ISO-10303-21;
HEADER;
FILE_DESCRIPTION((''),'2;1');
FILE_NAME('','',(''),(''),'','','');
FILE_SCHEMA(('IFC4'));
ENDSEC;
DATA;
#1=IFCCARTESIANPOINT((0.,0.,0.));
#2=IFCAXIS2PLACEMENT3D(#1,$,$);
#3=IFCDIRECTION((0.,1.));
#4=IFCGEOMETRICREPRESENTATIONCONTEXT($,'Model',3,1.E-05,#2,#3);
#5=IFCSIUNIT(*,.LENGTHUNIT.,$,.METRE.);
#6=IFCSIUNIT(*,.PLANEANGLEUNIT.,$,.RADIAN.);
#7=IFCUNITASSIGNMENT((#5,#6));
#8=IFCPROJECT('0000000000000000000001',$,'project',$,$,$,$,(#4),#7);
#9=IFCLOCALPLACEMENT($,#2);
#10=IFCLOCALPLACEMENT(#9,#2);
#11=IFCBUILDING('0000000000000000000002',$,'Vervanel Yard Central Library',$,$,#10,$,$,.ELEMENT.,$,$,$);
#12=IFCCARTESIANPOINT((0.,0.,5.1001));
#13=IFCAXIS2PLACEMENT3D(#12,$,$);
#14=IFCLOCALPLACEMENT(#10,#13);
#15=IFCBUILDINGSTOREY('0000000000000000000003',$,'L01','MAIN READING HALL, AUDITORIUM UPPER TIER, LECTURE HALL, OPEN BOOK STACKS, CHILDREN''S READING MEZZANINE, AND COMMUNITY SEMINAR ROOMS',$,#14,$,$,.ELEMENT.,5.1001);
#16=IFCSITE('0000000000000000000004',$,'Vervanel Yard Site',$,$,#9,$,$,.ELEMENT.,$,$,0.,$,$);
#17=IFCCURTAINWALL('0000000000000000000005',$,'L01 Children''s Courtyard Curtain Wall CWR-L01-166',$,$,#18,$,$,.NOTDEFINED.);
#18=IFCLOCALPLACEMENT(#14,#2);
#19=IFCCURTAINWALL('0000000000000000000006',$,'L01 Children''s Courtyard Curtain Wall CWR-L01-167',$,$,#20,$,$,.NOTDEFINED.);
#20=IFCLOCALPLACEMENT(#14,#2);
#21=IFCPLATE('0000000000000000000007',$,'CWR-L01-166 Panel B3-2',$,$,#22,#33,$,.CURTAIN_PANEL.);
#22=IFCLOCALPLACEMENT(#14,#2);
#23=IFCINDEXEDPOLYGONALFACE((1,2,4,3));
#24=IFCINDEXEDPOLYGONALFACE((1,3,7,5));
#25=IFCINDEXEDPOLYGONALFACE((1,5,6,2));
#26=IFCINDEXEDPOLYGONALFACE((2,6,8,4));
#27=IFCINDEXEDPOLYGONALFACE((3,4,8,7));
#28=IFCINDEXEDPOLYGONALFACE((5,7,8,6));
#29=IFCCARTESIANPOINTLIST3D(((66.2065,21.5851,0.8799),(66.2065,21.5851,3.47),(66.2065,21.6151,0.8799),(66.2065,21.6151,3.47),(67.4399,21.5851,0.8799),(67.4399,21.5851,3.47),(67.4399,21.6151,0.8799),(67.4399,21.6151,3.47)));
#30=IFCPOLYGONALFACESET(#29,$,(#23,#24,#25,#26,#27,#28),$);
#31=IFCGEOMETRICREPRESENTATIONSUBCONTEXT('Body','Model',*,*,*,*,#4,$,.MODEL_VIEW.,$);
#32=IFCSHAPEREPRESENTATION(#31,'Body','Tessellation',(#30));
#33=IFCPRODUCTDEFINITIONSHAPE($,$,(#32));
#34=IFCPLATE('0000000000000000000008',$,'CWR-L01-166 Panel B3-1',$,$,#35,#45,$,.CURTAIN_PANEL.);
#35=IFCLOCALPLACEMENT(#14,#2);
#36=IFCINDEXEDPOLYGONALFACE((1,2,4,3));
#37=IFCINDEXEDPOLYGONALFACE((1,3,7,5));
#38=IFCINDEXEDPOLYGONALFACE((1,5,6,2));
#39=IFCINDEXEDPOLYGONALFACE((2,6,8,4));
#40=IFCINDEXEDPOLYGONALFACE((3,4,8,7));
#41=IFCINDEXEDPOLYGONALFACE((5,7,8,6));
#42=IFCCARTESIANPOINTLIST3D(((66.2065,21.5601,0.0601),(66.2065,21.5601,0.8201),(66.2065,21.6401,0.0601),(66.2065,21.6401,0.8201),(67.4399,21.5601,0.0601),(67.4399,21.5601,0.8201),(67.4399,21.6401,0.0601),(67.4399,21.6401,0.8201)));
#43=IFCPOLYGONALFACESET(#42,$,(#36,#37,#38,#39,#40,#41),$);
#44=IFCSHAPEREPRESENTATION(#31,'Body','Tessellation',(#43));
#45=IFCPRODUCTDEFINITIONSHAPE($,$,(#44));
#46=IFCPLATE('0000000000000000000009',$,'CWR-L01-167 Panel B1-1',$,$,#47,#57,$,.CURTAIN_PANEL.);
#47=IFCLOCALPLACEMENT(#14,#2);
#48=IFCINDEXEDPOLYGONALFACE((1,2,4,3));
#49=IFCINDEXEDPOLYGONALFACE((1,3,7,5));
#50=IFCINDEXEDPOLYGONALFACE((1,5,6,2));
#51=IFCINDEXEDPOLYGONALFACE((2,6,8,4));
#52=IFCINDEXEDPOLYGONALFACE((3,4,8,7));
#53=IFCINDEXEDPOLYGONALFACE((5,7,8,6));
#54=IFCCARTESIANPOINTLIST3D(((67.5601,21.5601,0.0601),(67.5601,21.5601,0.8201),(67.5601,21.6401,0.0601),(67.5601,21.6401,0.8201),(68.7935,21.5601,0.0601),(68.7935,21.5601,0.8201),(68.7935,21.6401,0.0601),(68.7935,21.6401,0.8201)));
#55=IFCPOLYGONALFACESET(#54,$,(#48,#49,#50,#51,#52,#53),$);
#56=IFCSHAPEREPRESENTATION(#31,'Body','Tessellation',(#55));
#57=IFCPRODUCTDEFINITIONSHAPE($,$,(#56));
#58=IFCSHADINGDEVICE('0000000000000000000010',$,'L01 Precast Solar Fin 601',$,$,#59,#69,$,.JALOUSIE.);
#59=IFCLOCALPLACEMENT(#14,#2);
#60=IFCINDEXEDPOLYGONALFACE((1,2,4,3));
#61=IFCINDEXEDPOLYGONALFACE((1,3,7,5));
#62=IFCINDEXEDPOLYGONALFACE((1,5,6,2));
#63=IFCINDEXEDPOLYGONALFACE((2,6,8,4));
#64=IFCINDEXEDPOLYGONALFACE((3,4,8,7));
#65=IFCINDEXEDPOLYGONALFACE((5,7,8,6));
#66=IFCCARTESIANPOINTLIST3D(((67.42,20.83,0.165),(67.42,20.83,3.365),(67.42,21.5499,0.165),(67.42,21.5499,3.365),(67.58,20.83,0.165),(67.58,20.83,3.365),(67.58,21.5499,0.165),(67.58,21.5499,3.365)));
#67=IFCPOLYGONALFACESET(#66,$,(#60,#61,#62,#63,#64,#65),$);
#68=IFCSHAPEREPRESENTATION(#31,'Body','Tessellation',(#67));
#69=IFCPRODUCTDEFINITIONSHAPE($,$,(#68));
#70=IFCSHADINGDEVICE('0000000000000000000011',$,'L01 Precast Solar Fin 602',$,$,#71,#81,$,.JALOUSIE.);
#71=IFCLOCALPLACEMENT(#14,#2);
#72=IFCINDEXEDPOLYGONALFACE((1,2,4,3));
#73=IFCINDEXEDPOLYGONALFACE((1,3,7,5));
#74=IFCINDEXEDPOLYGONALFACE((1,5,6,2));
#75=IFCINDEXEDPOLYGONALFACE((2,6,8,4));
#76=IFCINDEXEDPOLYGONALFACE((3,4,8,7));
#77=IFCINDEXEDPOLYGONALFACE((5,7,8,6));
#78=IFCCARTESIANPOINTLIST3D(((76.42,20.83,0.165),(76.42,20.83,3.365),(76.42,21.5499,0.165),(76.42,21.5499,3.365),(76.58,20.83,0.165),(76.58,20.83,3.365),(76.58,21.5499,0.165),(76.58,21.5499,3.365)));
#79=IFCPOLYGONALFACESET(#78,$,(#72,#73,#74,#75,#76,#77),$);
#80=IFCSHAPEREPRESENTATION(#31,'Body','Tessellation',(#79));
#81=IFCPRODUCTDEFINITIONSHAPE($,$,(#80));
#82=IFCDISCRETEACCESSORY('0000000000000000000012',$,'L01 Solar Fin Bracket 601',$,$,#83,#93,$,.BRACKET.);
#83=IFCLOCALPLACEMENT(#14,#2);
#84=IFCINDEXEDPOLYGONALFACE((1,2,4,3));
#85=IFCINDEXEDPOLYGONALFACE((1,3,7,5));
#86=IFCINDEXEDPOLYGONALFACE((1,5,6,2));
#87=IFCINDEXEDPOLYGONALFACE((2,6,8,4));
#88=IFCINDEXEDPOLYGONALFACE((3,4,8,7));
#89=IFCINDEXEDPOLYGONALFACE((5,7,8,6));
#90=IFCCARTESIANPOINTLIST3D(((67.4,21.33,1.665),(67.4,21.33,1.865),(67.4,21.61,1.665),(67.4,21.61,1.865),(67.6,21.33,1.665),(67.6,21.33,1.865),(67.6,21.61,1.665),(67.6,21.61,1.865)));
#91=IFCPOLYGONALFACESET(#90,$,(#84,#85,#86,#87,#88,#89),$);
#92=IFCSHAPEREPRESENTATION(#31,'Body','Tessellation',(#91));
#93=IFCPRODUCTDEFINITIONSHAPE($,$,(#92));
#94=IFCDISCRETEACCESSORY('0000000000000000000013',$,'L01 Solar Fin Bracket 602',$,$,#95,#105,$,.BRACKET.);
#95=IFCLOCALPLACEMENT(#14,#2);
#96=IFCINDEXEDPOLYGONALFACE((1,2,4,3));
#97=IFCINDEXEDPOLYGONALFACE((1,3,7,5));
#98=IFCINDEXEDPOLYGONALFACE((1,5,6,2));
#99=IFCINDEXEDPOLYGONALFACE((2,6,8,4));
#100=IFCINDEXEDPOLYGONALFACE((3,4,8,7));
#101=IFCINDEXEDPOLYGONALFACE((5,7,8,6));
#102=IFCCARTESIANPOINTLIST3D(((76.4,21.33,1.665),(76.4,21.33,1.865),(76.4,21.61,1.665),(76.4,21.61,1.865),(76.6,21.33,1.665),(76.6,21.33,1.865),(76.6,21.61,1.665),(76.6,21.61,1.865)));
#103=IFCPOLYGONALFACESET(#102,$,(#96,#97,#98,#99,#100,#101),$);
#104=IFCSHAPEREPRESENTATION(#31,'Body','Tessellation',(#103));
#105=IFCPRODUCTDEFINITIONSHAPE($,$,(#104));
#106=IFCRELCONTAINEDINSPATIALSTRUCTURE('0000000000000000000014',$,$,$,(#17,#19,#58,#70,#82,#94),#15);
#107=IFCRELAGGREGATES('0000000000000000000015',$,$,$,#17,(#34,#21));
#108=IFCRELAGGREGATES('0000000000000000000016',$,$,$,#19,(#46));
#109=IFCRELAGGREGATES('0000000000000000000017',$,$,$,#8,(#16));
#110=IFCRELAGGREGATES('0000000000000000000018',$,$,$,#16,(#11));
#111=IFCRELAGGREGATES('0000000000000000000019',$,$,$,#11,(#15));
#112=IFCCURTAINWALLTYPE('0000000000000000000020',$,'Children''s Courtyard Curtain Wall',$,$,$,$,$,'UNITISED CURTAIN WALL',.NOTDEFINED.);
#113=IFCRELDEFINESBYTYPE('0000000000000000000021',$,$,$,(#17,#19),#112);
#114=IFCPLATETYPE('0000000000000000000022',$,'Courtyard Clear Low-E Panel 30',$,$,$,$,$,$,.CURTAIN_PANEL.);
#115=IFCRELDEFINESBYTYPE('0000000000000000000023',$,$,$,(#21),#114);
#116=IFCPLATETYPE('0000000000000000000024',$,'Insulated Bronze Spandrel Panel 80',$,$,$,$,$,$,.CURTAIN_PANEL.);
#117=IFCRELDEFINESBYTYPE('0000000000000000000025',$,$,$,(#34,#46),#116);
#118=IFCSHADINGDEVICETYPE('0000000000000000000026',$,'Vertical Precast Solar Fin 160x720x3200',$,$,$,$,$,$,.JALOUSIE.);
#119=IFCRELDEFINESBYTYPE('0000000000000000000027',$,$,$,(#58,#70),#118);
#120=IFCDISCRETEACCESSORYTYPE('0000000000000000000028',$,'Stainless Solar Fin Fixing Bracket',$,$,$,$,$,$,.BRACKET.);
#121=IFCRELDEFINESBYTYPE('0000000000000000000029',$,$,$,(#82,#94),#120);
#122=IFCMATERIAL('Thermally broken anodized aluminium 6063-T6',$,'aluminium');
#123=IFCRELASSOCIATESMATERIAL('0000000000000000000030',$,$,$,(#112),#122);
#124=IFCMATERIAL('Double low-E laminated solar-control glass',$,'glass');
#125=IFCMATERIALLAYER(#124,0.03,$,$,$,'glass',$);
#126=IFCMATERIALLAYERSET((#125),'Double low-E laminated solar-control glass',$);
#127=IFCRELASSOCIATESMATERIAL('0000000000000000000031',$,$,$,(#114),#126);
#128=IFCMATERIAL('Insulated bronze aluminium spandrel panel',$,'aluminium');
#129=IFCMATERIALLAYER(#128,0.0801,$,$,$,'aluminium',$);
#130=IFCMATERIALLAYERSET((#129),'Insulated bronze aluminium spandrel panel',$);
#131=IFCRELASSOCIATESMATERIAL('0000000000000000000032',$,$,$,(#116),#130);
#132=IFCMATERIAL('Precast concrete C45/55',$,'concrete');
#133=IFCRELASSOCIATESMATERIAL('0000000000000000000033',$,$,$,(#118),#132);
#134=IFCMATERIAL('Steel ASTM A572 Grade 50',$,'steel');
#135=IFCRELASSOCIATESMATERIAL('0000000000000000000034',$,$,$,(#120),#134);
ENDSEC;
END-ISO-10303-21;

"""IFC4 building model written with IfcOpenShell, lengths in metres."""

from ifc_helpers import new_model, si_unit, direction, frame, origin, origin_2d, place, context, subcontext, project, spatial, rectangle, extrude, material, layer, layer_set, type_object, element, aggregate, save


model = new_model("IFC4")

# Units and contexts
model_context = context("Model", 3, precision=1e-05, world=origin(), true_north=direction((0.0, 1.0)))
body_context = subcontext(model_context, "Body", "Model", "MODEL_VIEW")
ifc_project = project(units=[si_unit("LENGTHUNIT", "METRE"), si_unit("PLANEANGLEUNIT", "RADIAN")], contexts=[model_context])

# Site, building, storey
site_placement = place(None, origin())
site = spatial("IfcSite", under=ifc_project, at=site_placement, Name="Vervanel Yard Site", CompositionType="ELEMENT", RefElevation=0.0)
building_placement = place(site_placement, origin())
building = spatial("IfcBuilding", under=site, at=building_placement, Name="Vervanel Yard Central Library", CompositionType="ELEMENT")
storey_placement = place(building_placement, frame((0.0, 0.0, 5.1001)))
storey = spatial("IfcBuildingStorey", under=building, at=storey_placement, Name="L01", Description="MAIN READING HALL, AUDITORIUM UPPER TIER, LECTURE HALL, OPEN BOOK STACKS, CHILDREN'S READING MEZZANINE, AND COMMUNITY SEMINAR ROOMS", CompositionType="ELEMENT", Elevation=5.1001)

# Curtain wall
ifc_material_1 = material(Name="Thermally broken anodized aluminium 6063-T6", Category="aluminium")
curtain_wall_type = type_object("IfcCurtainWallType", Name="Children's Courtyard Curtain Wall", ElementType="UNITISED CURTAIN WALL", PredefinedType="NOTDEFINED", material=ifc_material_1)
curtain_wall_1_placement = place(storey_placement, origin())
curtain_wall_1 = element("IfcCurtainWall", 1, at=curtain_wall_1_placement, inside=storey, type_object=curtain_wall_type, Name="L01 Children's Courtyard Curtain Wall CWR-L01-166", PredefinedType="NOTDEFINED")

# Curtain wall
curtain_wall_2_placement = place(storey_placement, origin())
curtain_wall_2 = element("IfcCurtainWall", 2, at=curtain_wall_2_placement, inside=storey, type_object=curtain_wall_type, Name="L01 Children's Courtyard Curtain Wall CWR-L01-167", PredefinedType="NOTDEFINED")

# Plates
ifc_material_2 = material(Name="Double low-E laminated solar-control glass", Category="glass")
ifc_layer_1 = layer(ifc_material_2, 0.03, Category="glass")
ifc_layer_set_1 = layer_set([ifc_layer_1], Name="Double low-E laminated solar-control glass")
plate_type_1 = type_object("IfcPlateType", Name="Courtyard Clear Low-E Panel 30", PredefinedType="CURTAIN_PANEL", material=ifc_layer_set_1)
plate_1_placement = place(storey_placement, frame((66.8232, 21.6001, 0.8799), z_axis=(0.0, 0.0, 1.0), x_axis=(1.0, 0.0, 0.0)))
plate_1 = element("IfcPlate", 3, at=plate_1_placement, type_object=plate_type_1, Name="CWR-L01-166 Panel B3-2", PredefinedType="CURTAIN_PANEL", context=body_context, shape_type="SweptSolid", body=[
    extrude(rectangle(XDim=1.2334, YDim=0.03, at=origin_2d()), origin(), (0.0, 0.0, 1.0), 2.5901),
])
ifc_material_3 = material(Name="Insulated bronze aluminium spandrel panel", Category="aluminium")
ifc_layer_2 = layer(ifc_material_3, 0.0801, Category="aluminium")
ifc_layer_set_2 = layer_set([ifc_layer_2], Name="Insulated bronze aluminium spandrel panel")
plate_type_2 = type_object("IfcPlateType", Name="Insulated Bronze Spandrel Panel 80", PredefinedType="CURTAIN_PANEL", material=ifc_layer_set_2)
plate_2_placement = place(storey_placement, frame((66.8232, 21.6001, 0.0601), z_axis=(0.0, 0.0, 1.0), x_axis=(1.0, 0.0, 0.0)))
plate_2 = element("IfcPlate", 4, at=plate_2_placement, type_object=plate_type_2, Name="CWR-L01-166 Panel B3-1", PredefinedType="CURTAIN_PANEL", context=body_context, shape_type="SweptSolid", body=[
    extrude(rectangle(XDim=1.2334, YDim=0.0801, at=origin_2d()), origin(), (0.0, 0.0, 1.0), 0.76),
])
aggregate(curtain_wall_1, [plate_2, plate_1])
plate_3_placement = place(storey_placement, frame((68.1768, 21.6001, 0.0601), z_axis=(0.0, 0.0, 1.0), x_axis=(1.0, 0.0, 0.0)))
plate_3 = element("IfcPlate", 5, at=plate_3_placement, type_object=plate_type_2, Name="CWR-L01-167 Panel B1-1", PredefinedType="CURTAIN_PANEL", context=body_context, shape_type="SweptSolid", body=[
    extrude(rectangle(XDim=1.2334, YDim=0.0801, at=origin_2d()), origin(), (0.0, 0.0, 1.0), 0.76),
])
aggregate(curtain_wall_2, [plate_3])

# Shading devices
ifc_material_4 = material(Name="Precast concrete C45/55", Category="concrete")
shading_device_type = type_object("IfcShadingDeviceType", Name="Vertical Precast Solar Fin 160x720x3200", PredefinedType="JALOUSIE", material=ifc_material_4)
for number, where, z_axis, x_axis, name in (
    (6, (67.5, 21.1899, 0.165), (0.0, 0.0, 1.0), (1.0, 0.0, 0.0), "L01 Precast Solar Fin 601"),
    (7, (76.5, 21.1899, 0.165), (0.0, 0.0, 1.0), (1.0, 0.0, 0.0), "L01 Precast Solar Fin 602"),
):
    element("IfcShadingDevice", number, at=place(storey_placement, frame(where, z_axis=z_axis, x_axis=x_axis)), inside=storey, type_object=shading_device_type, Name=name, PredefinedType="JALOUSIE", context=body_context, shape_type="SweptSolid", body=[
        extrude(rectangle(XDim=0.1599, YDim=0.72, at=origin_2d()), origin(), (0.0, 0.0, 1.0), 3.2),
    ])

# Discrete accessories
ifc_material_5 = material(Name="Steel ASTM A572 Grade 50", Category="steel")
discrete_accessory_type = type_object("IfcDiscreteAccessoryType", Name="Stainless Solar Fin Fixing Bracket", PredefinedType="BRACKET", material=ifc_material_5)
for number, where, z_axis, x_axis, name in (
    (8, (67.5, 21.47, 1.665), (0.0, 0.0, 1.0), (1.0, 0.0, 0.0), "L01 Solar Fin Bracket 601"),
    (9, (76.5, 21.47, 1.665), (0.0, 0.0, 1.0), (1.0, 0.0, 0.0), "L01 Solar Fin Bracket 602"),
):
    element("IfcDiscreteAccessory", number, at=place(storey_placement, frame(where, z_axis=z_axis, x_axis=x_axis)), inside=storey, type_object=discrete_accessory_type, Name=name, PredefinedType="BRACKET", context=body_context, shape_type="SweptSolid", body=[
        extrude(rectangle(XDim=0.2, YDim=0.28, at=origin_2d()), origin(), (0.0, 0.0, 1.0), 0.2),
    ])

save(model, "model.ifc")
